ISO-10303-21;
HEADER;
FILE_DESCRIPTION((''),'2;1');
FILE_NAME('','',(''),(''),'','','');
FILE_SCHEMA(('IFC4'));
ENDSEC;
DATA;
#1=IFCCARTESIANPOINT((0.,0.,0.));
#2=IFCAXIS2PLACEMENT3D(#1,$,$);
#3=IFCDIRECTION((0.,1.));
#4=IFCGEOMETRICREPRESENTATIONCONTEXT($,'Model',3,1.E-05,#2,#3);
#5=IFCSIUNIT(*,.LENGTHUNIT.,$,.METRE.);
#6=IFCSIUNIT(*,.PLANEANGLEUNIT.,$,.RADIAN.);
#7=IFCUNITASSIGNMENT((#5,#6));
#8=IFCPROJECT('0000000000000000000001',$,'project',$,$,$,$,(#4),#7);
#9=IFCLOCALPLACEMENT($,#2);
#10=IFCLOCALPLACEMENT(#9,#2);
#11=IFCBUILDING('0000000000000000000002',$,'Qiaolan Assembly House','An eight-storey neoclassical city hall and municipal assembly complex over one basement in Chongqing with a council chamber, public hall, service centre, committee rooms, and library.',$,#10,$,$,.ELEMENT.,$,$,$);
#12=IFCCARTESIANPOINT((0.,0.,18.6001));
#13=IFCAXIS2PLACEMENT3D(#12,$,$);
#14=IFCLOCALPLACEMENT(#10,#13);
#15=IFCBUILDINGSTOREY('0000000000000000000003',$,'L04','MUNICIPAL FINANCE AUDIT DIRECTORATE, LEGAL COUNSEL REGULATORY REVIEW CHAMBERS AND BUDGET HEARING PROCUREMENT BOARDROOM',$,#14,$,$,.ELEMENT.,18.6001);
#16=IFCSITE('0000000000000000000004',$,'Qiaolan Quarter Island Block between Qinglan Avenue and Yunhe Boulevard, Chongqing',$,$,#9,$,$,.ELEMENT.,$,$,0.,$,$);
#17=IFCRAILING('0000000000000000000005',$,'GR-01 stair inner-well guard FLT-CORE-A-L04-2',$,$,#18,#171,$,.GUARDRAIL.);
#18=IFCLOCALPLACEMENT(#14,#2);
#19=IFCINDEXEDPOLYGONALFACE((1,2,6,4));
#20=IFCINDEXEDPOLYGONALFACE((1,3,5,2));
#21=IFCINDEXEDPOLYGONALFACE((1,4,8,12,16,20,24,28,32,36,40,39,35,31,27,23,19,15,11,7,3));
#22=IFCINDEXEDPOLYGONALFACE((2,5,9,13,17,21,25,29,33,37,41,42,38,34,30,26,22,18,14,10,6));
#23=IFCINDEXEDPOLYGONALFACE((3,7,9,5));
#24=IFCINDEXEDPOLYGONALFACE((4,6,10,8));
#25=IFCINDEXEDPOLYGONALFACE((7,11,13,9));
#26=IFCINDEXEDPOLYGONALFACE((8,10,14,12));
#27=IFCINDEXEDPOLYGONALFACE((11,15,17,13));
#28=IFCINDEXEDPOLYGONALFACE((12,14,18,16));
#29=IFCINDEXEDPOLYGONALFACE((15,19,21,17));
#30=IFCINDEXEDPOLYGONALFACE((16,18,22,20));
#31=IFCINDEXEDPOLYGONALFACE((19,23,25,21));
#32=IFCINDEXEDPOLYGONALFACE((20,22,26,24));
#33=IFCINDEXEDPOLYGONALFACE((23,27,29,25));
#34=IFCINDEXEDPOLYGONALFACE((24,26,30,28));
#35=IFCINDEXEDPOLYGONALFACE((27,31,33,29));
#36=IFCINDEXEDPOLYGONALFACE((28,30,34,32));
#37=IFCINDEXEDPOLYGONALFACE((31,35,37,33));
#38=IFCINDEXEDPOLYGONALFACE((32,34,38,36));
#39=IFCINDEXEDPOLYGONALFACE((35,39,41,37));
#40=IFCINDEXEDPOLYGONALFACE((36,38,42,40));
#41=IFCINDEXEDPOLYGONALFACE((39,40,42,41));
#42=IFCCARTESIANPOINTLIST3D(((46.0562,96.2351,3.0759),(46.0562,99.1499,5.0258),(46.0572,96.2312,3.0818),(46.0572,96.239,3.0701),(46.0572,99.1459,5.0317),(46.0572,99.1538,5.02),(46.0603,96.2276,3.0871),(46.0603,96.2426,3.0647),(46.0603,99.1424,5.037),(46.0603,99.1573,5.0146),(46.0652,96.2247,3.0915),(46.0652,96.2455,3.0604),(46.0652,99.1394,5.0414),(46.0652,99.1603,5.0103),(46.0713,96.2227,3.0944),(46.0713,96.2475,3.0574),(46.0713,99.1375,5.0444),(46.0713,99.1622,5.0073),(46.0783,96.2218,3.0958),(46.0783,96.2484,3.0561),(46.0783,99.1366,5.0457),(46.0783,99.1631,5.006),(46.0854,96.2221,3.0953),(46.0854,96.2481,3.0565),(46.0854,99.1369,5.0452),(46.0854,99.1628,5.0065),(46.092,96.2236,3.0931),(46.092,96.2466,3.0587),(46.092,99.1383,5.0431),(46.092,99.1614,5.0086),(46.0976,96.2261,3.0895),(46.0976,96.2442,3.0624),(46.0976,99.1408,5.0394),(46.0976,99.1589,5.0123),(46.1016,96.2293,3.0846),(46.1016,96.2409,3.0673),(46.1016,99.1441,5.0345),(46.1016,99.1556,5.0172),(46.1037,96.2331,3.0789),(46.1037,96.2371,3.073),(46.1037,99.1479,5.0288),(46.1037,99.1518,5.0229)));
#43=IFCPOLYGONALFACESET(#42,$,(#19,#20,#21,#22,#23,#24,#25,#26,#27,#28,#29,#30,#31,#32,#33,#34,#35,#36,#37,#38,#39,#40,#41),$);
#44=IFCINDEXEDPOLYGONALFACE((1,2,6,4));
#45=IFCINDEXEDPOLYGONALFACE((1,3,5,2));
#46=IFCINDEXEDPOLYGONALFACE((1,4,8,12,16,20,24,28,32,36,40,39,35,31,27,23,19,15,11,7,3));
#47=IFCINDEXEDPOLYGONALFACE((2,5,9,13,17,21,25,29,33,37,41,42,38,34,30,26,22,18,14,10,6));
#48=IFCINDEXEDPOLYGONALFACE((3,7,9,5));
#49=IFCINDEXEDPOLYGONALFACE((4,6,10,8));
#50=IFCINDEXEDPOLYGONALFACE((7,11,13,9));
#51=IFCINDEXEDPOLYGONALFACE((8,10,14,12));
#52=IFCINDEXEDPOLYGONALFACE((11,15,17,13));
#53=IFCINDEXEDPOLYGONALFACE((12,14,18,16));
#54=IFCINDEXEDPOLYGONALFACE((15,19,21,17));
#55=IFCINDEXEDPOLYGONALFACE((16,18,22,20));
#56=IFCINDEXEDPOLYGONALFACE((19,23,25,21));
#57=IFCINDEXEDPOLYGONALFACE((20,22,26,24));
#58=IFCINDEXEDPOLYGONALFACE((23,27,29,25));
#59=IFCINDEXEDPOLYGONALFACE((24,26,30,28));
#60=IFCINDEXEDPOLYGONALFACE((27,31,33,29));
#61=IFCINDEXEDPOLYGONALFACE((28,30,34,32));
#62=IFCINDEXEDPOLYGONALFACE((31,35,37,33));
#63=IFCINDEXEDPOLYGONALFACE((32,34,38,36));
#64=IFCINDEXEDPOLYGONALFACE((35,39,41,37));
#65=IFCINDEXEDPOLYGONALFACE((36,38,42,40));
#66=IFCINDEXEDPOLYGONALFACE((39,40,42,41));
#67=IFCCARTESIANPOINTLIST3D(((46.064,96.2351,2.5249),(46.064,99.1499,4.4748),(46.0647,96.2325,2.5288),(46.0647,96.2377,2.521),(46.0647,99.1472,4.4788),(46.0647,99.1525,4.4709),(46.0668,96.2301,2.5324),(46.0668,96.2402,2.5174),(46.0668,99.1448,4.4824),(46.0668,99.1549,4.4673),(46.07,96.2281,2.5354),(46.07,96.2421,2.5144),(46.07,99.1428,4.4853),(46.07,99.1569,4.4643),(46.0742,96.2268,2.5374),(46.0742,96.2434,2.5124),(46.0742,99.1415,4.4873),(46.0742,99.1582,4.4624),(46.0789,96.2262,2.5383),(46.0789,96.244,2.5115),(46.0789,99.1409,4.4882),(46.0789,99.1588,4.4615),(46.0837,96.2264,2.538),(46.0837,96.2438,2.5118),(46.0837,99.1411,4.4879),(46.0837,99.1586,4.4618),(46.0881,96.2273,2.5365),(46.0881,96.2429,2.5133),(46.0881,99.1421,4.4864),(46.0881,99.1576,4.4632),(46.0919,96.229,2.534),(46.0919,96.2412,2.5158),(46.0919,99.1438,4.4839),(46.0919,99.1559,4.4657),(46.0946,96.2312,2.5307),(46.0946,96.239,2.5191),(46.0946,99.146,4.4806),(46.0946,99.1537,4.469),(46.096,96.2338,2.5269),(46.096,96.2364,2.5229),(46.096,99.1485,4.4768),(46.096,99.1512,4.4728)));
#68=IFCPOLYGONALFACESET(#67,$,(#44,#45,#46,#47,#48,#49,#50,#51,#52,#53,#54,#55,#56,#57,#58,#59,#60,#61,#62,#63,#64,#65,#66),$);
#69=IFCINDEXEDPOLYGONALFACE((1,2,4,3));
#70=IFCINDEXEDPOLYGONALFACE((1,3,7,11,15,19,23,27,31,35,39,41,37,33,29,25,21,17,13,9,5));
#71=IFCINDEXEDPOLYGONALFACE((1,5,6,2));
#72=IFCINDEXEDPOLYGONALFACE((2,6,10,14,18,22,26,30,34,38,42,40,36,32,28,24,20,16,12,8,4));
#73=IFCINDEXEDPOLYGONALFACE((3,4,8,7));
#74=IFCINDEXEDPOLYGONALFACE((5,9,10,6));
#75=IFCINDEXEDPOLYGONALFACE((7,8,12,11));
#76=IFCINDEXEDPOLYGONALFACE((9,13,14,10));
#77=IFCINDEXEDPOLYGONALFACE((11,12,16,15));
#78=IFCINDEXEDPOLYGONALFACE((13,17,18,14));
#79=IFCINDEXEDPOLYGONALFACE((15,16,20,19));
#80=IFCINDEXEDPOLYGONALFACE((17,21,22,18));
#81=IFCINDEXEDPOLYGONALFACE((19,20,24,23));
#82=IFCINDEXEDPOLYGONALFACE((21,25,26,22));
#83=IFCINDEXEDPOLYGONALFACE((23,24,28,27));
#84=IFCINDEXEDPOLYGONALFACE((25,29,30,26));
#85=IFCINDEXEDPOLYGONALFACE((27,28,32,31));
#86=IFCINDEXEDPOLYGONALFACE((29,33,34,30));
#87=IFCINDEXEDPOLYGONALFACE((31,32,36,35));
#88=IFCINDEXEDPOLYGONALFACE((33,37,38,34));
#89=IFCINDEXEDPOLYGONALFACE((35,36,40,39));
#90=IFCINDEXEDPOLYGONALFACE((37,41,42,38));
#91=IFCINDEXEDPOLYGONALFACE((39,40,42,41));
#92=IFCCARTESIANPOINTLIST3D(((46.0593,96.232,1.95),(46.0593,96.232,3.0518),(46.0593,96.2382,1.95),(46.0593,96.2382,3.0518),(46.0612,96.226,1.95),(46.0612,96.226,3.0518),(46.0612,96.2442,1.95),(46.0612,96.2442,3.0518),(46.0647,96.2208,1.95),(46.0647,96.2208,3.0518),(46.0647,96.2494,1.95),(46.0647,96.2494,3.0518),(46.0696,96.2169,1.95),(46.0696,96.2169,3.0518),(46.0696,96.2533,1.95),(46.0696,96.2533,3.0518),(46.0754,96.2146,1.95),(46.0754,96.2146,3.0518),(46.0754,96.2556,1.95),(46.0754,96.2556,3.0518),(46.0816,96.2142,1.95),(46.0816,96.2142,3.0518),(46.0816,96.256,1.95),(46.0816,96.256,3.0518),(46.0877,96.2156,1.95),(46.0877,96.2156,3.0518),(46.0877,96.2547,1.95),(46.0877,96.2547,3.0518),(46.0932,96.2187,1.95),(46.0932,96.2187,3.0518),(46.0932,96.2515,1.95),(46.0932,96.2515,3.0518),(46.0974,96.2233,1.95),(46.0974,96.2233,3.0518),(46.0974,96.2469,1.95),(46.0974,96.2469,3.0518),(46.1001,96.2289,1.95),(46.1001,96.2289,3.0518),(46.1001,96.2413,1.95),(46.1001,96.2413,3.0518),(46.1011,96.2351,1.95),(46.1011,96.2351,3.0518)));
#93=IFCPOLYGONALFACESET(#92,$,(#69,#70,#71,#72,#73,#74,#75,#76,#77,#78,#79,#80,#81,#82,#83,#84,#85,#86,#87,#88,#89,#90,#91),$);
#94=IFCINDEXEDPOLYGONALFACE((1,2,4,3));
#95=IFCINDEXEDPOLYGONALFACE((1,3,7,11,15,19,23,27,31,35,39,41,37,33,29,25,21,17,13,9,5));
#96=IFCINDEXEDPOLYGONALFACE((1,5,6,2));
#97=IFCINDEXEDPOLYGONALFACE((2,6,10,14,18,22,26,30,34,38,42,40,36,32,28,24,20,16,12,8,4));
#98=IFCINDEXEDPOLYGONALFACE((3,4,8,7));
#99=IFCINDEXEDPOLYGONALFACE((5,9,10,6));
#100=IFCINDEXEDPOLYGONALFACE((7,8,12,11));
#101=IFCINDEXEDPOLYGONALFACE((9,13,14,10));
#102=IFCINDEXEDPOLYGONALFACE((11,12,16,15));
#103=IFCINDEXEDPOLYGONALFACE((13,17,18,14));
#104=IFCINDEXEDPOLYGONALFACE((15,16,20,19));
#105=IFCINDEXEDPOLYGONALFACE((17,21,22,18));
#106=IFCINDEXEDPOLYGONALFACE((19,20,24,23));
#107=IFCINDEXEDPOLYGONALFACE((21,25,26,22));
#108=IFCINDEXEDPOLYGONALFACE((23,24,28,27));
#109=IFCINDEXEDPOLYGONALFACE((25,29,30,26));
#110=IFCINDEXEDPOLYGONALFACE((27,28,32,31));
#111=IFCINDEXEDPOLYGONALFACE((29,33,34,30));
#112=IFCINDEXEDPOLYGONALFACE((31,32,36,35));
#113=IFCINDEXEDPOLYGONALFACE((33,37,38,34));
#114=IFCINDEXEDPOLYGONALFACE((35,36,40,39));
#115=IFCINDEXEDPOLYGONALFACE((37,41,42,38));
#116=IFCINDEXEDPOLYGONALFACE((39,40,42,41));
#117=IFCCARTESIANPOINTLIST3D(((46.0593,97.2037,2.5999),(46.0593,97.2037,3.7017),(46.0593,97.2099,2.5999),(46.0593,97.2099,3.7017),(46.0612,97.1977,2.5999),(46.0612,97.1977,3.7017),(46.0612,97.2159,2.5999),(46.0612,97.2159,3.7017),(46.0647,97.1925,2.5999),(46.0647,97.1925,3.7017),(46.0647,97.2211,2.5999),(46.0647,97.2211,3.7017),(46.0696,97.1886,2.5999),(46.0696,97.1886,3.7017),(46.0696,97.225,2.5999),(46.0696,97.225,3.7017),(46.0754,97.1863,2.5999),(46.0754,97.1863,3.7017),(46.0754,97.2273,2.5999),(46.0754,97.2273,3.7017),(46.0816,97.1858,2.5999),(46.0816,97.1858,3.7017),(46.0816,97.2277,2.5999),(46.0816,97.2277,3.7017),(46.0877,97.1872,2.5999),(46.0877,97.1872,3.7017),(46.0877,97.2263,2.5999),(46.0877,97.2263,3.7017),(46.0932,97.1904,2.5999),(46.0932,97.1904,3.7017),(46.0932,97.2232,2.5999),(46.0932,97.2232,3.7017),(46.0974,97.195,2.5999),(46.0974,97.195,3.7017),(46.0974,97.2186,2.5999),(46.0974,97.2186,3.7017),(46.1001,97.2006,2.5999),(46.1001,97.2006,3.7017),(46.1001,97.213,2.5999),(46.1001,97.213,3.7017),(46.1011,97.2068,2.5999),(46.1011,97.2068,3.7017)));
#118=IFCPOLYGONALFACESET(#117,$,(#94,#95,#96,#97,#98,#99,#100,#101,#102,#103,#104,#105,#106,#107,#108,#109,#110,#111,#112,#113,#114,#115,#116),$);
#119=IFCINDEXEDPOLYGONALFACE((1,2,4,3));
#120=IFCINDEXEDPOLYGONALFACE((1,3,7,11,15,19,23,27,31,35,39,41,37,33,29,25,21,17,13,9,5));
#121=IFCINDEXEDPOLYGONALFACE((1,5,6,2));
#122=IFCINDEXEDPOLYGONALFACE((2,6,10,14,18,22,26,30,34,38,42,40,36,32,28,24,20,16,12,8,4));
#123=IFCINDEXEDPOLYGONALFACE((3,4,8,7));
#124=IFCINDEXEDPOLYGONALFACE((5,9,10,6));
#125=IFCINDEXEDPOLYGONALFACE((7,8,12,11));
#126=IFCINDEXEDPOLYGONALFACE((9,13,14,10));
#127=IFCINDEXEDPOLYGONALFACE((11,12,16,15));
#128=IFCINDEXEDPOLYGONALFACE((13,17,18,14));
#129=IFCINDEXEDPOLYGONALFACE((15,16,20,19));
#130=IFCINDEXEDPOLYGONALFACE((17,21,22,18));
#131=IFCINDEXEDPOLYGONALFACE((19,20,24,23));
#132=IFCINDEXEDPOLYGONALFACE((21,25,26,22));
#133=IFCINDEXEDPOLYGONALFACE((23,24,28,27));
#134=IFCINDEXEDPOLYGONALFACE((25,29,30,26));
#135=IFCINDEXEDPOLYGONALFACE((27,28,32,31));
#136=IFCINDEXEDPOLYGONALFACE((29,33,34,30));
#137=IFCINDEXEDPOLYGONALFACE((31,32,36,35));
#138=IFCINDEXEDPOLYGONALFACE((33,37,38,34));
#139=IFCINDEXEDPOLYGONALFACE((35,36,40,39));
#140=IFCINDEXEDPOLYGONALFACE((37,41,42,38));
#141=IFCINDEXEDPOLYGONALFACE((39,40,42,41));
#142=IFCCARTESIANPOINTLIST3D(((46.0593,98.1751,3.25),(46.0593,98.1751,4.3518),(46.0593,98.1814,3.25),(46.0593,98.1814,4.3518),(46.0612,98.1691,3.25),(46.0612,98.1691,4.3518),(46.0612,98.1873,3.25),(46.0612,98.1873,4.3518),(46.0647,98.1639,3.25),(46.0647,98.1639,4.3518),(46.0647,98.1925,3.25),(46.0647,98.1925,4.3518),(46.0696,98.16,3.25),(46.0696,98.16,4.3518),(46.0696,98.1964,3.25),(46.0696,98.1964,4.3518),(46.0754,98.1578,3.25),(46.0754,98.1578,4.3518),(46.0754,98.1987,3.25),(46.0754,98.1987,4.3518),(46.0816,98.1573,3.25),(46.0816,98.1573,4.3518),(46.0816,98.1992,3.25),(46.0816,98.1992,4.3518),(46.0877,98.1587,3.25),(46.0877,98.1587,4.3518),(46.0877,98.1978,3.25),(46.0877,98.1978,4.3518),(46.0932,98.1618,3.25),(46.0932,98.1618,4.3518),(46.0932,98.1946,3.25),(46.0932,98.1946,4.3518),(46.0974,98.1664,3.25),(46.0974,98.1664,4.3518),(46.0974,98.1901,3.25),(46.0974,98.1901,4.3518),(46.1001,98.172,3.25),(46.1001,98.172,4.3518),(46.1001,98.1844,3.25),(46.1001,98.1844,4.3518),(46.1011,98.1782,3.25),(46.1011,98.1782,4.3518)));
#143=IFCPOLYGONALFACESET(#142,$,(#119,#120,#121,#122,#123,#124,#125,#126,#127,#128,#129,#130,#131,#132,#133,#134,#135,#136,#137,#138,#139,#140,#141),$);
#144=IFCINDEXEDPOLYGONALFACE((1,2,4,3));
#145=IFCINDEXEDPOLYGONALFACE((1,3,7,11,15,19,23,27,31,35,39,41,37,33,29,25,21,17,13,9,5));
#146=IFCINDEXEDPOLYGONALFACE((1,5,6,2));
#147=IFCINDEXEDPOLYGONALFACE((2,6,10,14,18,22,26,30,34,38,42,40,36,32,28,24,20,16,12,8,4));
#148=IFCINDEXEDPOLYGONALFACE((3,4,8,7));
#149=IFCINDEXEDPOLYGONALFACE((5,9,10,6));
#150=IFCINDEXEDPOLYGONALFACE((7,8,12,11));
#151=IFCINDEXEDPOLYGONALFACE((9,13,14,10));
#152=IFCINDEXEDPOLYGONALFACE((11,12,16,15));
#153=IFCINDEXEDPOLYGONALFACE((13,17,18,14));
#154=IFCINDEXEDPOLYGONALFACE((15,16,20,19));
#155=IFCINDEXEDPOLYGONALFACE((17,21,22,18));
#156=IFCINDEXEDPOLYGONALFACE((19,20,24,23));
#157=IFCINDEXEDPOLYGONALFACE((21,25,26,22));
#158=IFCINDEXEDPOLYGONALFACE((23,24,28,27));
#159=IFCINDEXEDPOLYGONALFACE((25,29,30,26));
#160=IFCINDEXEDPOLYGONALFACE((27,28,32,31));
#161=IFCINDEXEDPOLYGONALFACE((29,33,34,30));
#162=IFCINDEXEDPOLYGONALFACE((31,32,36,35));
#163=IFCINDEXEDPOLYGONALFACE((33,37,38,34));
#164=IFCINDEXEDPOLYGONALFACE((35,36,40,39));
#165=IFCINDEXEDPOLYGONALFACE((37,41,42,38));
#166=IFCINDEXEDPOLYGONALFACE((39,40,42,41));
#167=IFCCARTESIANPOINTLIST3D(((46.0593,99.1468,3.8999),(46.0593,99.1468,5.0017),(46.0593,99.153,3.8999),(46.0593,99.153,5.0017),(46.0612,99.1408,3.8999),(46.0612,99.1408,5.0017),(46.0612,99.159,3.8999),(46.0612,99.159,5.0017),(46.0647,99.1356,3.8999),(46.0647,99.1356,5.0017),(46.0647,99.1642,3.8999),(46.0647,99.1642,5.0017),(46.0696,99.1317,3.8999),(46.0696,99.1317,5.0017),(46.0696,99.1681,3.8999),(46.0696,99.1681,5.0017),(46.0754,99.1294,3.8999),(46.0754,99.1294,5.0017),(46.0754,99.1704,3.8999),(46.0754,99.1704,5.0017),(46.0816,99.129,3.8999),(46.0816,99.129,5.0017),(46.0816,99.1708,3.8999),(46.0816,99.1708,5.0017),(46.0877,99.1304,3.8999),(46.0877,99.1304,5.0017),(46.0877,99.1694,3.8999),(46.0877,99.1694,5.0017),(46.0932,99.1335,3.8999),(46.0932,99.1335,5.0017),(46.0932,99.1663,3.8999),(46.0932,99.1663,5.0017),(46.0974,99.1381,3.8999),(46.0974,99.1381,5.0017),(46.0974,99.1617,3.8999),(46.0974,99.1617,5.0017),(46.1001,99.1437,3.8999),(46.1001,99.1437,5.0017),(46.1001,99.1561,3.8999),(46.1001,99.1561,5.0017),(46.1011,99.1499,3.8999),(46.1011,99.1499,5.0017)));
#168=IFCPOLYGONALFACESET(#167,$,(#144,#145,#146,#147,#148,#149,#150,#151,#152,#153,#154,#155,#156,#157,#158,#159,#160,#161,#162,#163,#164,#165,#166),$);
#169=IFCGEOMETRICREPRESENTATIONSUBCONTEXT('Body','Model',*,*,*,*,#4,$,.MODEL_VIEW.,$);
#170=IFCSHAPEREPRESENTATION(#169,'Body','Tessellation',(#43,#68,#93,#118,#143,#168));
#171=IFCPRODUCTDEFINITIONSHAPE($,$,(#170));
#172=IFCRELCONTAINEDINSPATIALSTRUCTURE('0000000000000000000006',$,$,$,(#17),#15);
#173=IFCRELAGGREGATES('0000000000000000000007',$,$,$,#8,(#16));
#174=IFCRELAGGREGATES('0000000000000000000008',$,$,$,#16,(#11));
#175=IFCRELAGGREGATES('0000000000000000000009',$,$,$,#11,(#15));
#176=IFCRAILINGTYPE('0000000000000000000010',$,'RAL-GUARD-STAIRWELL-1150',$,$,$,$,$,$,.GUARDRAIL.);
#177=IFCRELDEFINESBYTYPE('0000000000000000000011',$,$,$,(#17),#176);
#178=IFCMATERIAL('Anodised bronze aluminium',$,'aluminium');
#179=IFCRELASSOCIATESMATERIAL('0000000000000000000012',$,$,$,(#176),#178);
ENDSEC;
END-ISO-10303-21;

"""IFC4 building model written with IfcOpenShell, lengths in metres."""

from ifc_helpers import new_model, si_unit, direction, frame, origin, origin_2d, place, context, subcontext, project, spatial, circle, extrude, material, type_object, element, save


model = new_model("IFC4")

# Units and contexts
model_context = context("Model", 3, precision=1e-05, world=origin(), true_north=direction((0.0, 1.0)))
body_context = subcontext(model_context, "Body", "Model", "MODEL_VIEW")
ifc_project = project(units=[si_unit("LENGTHUNIT", "METRE"), si_unit("PLANEANGLEUNIT", "RADIAN")], contexts=[model_context])

# Site, building, storey
site_placement = place(None, origin())
site = spatial("IfcSite", under=ifc_project, at=site_placement, Name="Qiaolan Quarter Island Block between Qinglan Avenue and Yunhe Boulevard, Chongqing", CompositionType="ELEMENT", RefElevation=0.0)
building_placement = place(site_placement, origin())
building = spatial("IfcBuilding", under=site, at=building_placement, Name="Qiaolan Assembly House", Description="An eight-storey neoclassical city hall and municipal assembly complex over one basement in Chongqing with a council chamber, public hall, service centre, committee rooms, and library.", CompositionType="ELEMENT")
storey_placement = place(building_placement, frame((0.0, 0.0, 18.6001)))
storey = spatial("IfcBuildingStorey", under=building, at=storey_placement, Name="L04", Description="MUNICIPAL FINANCE AUDIT DIRECTORATE, LEGAL COUNSEL REGULATORY REVIEW CHAMBERS AND BUDGET HEARING PROCUREMENT BOARDROOM", CompositionType="ELEMENT", Elevation=18.6001)

# Shared definitions
ifc_material_1 = material(Name="Anodised bronze aluminium", Category="aluminium")

# Railing
railing_type_1 = type_object("IfcRailingType", Name="RAL-GUARD-STAIRWELL-1150", PredefinedType="GUARDRAIL", material=ifc_material_1)
railing_1_placement = place(storey_placement, frame((46.0801, 96.2351, 1.95)))
element("IfcRailing", 1, at=railing_1_placement, inside=storey, type_object=railing_type_1, Name="GR-01 stair inner-well guard FLT-CORE-A-L04-2", PredefinedType="GUARDRAIL", context=body_context, shape_type="SweptSolid", body=[
    extrude(circle(Radius=0.0239, at=origin_2d()), frame((0.0, 0.0, 1.126), z_axis=(0.0, 0.83116, 0.556033), x_axis=(-1.0, 0.0, 0.0)), (0.0, 0.0, 1.0), 3.5068),
    extrude(circle(Radius=0.0161, at=origin_2d()), frame((0.0, 0.0, 0.575), z_axis=(0.0, 0.83116, 0.556033), x_axis=(-1.0, 0.0, 0.0)), (0.0, 0.0, 1.0), 3.5068),
    extrude(circle(Radius=0.021, at=origin_2d()), origin(), (0.0, 0.0, 1.0), 1.1018),
    extrude(circle(Radius=0.021, at=origin_2d()), frame((0.0, 0.9717, 0.6499)), (0.0, 0.0, 1.0), 1.1018),
    extrude(circle(Radius=0.021, at=origin_2d()), frame((0.0, 1.9431, 1.3)), (0.0, 0.0, 1.0), 1.1018),
    extrude(circle(Radius=0.021, at=origin_2d()), frame((0.0, 2.9148, 1.95)), (0.0, 0.0, 1.0), 1.1018),
])

save(model, "model.ifc")
